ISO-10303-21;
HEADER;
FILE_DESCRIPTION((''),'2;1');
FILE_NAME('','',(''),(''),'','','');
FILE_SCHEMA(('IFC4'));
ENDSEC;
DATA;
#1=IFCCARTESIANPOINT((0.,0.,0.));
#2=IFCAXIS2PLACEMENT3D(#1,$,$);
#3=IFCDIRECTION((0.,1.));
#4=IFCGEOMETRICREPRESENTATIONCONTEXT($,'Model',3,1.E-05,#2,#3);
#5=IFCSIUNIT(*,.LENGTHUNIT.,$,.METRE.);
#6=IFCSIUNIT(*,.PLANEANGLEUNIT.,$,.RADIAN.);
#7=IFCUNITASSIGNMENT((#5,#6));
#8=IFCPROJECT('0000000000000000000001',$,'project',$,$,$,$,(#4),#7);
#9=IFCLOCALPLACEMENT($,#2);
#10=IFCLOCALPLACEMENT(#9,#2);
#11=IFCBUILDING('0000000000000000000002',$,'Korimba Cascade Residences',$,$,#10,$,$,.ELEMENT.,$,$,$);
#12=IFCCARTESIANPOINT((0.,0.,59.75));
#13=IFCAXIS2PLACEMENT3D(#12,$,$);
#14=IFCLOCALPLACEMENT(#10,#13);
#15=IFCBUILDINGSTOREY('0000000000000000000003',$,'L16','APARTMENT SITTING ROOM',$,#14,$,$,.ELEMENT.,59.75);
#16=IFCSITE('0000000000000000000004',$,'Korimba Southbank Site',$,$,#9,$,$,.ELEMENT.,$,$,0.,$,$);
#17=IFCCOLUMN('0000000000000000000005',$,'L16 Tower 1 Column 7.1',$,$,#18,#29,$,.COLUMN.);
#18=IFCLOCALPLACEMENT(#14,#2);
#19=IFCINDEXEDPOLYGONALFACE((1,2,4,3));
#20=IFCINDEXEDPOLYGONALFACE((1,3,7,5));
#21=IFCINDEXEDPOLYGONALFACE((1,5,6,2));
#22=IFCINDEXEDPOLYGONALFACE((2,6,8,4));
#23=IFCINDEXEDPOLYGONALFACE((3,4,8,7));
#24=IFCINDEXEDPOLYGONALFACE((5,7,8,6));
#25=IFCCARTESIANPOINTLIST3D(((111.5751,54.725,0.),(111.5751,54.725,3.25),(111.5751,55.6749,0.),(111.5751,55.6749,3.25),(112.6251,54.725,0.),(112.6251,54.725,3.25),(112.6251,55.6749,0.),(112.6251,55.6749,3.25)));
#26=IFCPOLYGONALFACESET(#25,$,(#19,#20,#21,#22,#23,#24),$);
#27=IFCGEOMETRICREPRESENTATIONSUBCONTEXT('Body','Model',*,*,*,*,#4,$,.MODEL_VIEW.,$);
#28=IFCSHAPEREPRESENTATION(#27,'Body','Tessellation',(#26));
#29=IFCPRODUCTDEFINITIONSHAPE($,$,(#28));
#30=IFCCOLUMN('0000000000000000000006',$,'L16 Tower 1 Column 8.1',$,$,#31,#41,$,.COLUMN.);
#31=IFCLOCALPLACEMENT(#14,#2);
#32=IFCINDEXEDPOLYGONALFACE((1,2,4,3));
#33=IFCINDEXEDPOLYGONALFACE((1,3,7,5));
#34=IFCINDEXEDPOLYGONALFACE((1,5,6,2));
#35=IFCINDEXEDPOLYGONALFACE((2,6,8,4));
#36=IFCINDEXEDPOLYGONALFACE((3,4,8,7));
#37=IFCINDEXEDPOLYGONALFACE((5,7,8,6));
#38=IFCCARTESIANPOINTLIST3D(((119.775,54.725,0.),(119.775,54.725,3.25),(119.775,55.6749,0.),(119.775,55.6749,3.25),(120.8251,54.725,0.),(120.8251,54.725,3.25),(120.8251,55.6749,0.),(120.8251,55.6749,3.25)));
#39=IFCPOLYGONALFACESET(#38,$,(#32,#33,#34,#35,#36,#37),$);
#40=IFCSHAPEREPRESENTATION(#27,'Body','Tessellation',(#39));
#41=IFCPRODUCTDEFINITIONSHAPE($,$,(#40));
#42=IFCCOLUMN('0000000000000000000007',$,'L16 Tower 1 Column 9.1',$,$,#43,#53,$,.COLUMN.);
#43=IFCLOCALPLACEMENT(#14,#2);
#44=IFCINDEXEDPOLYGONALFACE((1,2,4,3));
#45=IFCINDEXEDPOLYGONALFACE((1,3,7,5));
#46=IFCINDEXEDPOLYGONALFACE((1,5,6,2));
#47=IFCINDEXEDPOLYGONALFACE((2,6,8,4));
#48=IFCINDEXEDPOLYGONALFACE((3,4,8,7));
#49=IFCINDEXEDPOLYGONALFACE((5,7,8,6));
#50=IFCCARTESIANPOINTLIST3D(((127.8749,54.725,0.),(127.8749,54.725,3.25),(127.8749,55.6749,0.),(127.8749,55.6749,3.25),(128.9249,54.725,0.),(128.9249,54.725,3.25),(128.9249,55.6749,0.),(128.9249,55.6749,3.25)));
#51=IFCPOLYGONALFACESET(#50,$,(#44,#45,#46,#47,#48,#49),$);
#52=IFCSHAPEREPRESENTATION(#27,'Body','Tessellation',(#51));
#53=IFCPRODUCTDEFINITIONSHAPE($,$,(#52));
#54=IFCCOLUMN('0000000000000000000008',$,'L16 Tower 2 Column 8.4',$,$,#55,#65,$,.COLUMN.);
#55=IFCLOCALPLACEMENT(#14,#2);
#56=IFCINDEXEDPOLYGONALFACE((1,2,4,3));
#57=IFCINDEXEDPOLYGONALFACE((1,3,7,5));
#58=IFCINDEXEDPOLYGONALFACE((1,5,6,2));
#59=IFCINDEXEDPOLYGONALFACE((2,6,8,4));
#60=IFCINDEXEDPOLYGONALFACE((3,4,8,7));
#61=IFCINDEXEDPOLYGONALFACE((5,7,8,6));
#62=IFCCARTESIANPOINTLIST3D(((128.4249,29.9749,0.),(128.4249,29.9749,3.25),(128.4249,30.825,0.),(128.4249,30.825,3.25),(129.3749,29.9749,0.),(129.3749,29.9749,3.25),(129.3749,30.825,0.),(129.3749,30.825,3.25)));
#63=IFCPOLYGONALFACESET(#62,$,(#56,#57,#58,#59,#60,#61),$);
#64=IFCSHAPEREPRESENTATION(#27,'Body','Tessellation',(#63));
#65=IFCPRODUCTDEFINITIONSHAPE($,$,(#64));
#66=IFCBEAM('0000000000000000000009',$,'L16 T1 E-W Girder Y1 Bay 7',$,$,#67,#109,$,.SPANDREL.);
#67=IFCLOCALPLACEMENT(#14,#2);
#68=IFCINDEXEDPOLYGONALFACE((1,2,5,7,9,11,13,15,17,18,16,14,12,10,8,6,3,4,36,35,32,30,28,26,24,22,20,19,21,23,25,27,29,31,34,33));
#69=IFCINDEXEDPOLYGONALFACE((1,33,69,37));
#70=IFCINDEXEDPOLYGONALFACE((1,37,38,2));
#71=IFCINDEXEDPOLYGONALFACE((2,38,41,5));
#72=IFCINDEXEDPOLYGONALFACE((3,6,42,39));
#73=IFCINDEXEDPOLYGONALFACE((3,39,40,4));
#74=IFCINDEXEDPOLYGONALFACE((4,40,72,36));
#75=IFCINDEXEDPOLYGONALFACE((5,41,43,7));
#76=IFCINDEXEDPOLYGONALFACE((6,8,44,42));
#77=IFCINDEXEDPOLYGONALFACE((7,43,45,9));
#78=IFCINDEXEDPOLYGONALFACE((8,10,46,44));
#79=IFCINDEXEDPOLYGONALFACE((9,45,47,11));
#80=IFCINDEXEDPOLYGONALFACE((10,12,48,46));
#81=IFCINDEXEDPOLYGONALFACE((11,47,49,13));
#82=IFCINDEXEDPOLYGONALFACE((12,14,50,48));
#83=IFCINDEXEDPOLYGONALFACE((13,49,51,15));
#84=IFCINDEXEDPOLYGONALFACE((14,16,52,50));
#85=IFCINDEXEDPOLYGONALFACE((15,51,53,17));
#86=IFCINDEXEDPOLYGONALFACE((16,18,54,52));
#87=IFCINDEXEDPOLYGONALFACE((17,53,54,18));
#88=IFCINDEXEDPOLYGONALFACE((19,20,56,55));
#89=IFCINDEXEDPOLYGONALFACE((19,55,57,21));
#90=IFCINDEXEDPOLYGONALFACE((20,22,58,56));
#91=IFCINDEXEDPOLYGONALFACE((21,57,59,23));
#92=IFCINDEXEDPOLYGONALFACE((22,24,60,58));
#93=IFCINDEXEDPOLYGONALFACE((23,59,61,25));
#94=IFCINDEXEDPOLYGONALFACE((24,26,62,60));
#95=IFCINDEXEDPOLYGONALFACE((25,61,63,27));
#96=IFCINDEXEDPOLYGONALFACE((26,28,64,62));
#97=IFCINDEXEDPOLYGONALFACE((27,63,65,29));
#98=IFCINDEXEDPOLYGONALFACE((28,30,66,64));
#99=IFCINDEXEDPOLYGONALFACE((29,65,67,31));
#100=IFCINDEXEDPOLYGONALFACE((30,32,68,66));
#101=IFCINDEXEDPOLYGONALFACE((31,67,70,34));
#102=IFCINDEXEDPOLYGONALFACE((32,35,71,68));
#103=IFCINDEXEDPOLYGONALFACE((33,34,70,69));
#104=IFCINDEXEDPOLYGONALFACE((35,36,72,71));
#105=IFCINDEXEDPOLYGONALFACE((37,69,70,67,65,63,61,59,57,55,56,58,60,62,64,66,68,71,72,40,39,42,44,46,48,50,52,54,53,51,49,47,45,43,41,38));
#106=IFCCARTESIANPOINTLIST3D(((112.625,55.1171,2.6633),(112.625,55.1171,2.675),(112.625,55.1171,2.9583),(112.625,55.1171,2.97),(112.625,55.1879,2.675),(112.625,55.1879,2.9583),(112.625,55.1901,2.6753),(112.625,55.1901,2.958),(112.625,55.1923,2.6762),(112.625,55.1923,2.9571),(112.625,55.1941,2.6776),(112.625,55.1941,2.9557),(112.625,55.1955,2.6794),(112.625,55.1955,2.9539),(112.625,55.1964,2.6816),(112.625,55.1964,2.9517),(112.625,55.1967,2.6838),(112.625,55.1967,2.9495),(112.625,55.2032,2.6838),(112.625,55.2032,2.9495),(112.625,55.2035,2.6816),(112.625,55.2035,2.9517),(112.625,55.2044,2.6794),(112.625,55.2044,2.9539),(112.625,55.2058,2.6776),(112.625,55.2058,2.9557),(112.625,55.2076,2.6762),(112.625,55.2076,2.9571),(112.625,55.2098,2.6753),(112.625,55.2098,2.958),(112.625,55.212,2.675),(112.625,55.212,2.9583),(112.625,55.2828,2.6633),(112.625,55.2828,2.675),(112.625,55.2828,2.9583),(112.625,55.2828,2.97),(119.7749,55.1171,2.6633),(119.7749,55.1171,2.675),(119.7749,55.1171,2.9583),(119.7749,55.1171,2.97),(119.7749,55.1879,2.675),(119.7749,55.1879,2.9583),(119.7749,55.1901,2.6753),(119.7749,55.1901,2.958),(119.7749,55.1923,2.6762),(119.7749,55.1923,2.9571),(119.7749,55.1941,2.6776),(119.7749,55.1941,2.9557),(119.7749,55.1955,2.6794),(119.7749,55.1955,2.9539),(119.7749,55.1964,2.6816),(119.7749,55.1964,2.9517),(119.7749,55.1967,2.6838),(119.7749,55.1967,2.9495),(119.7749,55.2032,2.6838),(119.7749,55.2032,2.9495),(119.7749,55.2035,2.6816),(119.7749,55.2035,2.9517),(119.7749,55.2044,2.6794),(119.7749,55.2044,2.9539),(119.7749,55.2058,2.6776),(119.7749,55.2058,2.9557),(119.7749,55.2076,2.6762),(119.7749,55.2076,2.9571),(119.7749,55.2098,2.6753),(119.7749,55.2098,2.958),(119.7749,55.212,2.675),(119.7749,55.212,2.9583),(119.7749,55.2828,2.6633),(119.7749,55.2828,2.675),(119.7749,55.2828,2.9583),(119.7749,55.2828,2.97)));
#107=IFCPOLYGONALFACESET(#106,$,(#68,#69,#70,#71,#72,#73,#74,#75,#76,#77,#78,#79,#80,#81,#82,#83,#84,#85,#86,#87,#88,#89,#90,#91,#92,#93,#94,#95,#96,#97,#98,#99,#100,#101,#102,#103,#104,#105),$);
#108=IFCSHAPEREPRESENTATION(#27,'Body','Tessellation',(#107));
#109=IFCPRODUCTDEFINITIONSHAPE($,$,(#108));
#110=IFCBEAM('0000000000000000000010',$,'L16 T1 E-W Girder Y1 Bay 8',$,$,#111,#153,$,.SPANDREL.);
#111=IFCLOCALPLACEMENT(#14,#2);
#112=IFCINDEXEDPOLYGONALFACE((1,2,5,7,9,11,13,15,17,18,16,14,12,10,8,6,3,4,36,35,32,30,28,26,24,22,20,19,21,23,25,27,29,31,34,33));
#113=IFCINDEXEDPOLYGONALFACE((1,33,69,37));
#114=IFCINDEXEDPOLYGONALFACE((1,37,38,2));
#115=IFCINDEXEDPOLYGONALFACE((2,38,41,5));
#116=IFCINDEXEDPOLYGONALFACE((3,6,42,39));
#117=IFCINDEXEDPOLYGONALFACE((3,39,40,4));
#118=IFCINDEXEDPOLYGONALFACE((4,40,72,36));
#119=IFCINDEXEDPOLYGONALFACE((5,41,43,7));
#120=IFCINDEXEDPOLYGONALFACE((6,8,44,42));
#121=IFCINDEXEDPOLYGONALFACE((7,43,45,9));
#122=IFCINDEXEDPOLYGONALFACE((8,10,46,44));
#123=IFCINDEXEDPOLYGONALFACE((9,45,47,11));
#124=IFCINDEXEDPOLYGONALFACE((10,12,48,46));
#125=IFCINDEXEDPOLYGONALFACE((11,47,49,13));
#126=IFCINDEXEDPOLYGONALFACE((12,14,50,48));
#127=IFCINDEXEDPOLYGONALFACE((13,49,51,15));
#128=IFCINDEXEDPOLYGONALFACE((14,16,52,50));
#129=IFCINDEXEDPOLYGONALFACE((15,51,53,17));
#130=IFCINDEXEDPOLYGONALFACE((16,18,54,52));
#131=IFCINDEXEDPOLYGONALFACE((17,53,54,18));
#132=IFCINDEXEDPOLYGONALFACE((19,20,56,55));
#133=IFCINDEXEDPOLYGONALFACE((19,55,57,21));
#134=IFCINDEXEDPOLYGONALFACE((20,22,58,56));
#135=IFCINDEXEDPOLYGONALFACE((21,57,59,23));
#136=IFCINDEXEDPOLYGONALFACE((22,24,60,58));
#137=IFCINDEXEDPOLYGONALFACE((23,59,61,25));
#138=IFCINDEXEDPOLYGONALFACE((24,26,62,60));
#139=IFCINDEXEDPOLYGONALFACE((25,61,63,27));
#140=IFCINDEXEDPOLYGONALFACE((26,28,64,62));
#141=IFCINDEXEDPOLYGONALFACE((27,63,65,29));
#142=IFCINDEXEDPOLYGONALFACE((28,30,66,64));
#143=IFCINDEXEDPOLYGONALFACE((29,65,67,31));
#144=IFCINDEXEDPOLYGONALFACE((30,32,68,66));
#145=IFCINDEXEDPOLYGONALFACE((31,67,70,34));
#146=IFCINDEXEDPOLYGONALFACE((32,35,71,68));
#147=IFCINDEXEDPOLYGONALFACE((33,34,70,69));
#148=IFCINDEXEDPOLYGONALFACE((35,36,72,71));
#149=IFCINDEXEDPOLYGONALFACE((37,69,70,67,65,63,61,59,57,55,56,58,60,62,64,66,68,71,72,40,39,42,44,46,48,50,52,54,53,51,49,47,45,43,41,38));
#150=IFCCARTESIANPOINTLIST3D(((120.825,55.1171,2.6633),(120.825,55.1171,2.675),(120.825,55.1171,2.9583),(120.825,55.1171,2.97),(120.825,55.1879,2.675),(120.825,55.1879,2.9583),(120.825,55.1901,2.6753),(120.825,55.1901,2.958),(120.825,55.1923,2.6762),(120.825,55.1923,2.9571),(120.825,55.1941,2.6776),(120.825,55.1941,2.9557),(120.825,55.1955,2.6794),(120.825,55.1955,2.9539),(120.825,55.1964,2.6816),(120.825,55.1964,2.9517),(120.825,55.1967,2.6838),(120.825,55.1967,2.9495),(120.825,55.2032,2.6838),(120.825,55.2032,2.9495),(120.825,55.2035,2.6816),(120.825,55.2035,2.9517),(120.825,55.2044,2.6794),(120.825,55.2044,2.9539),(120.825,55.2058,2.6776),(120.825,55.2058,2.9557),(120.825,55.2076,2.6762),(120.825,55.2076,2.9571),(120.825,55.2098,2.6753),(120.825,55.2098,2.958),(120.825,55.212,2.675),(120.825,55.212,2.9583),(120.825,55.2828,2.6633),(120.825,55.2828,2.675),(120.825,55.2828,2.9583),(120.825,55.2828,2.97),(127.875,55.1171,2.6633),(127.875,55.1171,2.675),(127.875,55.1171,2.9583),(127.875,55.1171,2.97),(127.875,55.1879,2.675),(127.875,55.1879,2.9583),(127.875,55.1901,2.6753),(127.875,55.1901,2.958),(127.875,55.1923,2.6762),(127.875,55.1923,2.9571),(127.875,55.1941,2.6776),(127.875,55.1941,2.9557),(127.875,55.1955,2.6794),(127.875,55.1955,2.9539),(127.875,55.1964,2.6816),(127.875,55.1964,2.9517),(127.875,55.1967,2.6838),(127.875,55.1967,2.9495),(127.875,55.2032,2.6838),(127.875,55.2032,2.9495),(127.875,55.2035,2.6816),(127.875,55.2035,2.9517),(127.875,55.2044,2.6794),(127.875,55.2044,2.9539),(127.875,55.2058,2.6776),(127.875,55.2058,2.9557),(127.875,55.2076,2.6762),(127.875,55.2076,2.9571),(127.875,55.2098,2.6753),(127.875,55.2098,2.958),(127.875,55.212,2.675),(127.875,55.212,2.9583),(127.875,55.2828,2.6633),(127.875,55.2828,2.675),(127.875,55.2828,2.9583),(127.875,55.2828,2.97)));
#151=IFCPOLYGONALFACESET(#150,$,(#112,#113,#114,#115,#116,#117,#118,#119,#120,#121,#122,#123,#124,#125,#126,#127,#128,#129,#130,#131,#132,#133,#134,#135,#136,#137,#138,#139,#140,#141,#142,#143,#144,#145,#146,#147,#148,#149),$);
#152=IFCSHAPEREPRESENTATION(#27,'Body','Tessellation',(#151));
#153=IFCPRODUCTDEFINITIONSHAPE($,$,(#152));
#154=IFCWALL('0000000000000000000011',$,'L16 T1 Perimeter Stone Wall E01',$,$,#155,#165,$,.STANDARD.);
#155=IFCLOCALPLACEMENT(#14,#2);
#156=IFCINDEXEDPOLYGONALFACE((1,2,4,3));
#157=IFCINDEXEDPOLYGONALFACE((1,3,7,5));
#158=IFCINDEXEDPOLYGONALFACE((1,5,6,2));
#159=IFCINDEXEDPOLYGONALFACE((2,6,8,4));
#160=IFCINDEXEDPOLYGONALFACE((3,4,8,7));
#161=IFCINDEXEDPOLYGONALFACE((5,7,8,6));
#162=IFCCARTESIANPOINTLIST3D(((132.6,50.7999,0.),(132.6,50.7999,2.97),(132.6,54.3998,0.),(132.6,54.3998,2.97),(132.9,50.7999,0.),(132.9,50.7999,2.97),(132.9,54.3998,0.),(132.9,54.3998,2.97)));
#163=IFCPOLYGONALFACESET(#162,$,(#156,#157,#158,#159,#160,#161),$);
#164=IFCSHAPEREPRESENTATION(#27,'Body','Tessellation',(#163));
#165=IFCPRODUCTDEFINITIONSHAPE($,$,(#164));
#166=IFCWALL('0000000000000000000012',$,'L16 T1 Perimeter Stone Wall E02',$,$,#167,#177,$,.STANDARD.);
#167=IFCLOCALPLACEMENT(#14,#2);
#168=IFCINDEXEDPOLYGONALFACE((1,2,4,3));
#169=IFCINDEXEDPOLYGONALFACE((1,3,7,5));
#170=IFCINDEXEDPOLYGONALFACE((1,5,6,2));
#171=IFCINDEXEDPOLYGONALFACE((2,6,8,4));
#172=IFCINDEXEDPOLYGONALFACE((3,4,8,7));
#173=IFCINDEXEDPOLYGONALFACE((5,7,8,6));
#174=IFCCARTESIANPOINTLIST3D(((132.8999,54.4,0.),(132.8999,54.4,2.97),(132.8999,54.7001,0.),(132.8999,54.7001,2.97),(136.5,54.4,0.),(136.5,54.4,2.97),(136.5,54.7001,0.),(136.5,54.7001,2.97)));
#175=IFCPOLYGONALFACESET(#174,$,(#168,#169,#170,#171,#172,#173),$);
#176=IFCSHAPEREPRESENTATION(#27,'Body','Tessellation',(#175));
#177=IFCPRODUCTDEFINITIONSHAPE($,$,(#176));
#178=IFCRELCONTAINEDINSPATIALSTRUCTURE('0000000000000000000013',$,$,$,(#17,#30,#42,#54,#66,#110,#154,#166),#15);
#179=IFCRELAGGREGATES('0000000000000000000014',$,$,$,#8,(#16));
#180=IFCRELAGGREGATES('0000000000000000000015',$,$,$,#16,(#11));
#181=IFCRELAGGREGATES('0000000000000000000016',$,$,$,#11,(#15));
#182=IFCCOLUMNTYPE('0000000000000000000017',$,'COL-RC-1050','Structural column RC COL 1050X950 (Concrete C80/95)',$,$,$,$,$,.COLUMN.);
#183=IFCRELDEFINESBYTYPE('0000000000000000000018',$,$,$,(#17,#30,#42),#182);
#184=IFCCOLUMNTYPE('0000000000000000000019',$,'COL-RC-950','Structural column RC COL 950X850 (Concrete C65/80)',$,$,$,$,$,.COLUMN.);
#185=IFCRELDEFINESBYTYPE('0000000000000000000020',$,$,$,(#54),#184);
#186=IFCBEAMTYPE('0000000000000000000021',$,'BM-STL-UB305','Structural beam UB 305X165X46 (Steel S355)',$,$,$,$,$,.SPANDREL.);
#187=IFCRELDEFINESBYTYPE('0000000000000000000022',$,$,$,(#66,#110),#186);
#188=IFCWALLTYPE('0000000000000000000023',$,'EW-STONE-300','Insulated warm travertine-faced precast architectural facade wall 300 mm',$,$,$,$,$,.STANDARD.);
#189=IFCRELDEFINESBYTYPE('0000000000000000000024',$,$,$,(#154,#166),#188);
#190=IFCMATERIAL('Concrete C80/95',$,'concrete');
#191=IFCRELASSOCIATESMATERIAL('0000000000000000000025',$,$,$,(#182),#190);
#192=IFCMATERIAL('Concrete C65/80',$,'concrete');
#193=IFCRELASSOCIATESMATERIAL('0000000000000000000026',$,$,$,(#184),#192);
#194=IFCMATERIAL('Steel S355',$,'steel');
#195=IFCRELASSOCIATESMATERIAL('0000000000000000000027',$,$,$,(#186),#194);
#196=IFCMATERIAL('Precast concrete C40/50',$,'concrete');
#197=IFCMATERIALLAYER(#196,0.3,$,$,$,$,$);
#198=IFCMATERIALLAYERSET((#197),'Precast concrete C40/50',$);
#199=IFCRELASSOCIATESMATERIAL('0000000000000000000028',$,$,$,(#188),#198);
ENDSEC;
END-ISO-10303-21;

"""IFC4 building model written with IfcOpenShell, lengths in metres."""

from ifc_helpers import new_model, si_unit, direction, frame, frame_2d, origin, origin_2d, place, context, subcontext, project, spatial, rectangle, i_section, extrude, material, layer, layer_set, material_profile, profile_set, type_object, element, save


model = new_model("IFC4")

# Units and contexts
model_context = context("Model", 3, precision=1e-05, world=origin(), true_north=direction((0.0, 1.0)))
body_context = subcontext(model_context, "Body", "Model", "MODEL_VIEW")
ifc_project = project(units=[si_unit("LENGTHUNIT", "METRE"), si_unit("PLANEANGLEUNIT", "RADIAN")], contexts=[model_context])

# Site, building, storey
site_placement = place(None, origin())
site = spatial("IfcSite", under=ifc_project, at=site_placement, Name="Korimba Southbank Site", CompositionType="ELEMENT", RefElevation=0.0)
building_placement = place(site_placement, origin())
building = spatial("IfcBuilding", under=site, at=building_placement, Name="Korimba Cascade Residences", CompositionType="ELEMENT")
storey_placement = place(building_placement, frame((0.0, 0.0, 59.75)))
storey = spatial("IfcBuildingStorey", under=building, at=storey_placement, Name="L16", Description="APARTMENT SITTING ROOM", CompositionType="ELEMENT", Elevation=59.75)

# Columns
ifc_material_1 = material(Name="Concrete C80/95", Category="concrete")
ifc_material_profile_1 = material_profile(ifc_material_1, rectangle(XDim=1.05, YDim=0.95, at=origin_2d()), Name="Concrete C80/95")
ifc_profile_set_1 = profile_set([ifc_material_profile_1], Name="Concrete C80/95")
column_type_1 = type_object("IfcColumnType", Name="COL-RC-1050", Description="Structural column RC COL 1050X950 (Concrete C80/95)", PredefinedType="COLUMN", material=ifc_profile_set_1)
for number, where, z_axis, x_axis, name in (
    (1, (112.1001, 55.2, 0.0), (0.0, 0.0, 1.0), (1.0, 0.0, 0.0), "L16 Tower 1 Column 7.1"),
    (2, (120.3, 55.2, 0.0), (0.0, 0.0, 1.0), (1.0, 0.0, 0.0), "L16 Tower 1 Column 8.1"),
    (3, (128.3999, 55.2, 0.0), (0.0, 0.0, 1.0), (1.0, 0.0, 0.0), "L16 Tower 1 Column 9.1"),
):
    element("IfcColumn", number, at=place(storey_placement, frame(where, z_axis=z_axis, x_axis=x_axis)), inside=storey, type_object=column_type_1, Name=name, PredefinedType="COLUMN", context=body_context, shape_type="SweptSolid", body=[
        extrude(rectangle(XDim=1.05, YDim=0.95, at=origin_2d()), origin(), (0.0, 0.0, 1.0), 3.25),
    ])
ifc_material_2 = material(Name="Concrete C65/80", Category="concrete")
ifc_material_profile_2 = material_profile(ifc_material_2, rectangle(XDim=0.95, YDim=0.8501, at=origin_2d()), Name="Concrete C65/80")
ifc_profile_set_2 = profile_set([ifc_material_profile_2], Name="Concrete C65/80")
column_type_2 = type_object("IfcColumnType", Name="COL-RC-950", Description="Structural column RC COL 950X850 (Concrete C65/80)", PredefinedType="COLUMN", material=ifc_profile_set_2)
column_placement = place(storey_placement, frame((128.8999, 30.3999, 0.0), z_axis=(0.0, 0.0, 1.0), x_axis=(1.0, 0.0, 0.0)))
element("IfcColumn", 4, at=column_placement, inside=storey, type_object=column_type_2, Name="L16 Tower 2 Column 8.4", PredefinedType="COLUMN", context=body_context, shape_type="SweptSolid", body=[
    extrude(rectangle(XDim=0.95, YDim=0.8501, at=origin_2d()), origin(), (0.0, 0.0, 1.0), 3.25),
])

# Beams
ifc_material_3 = material(Name="Steel S355", Category="steel")
ifc_material_profile_3 = material_profile(ifc_material_3, i_section(OverallWidth=0.1658, OverallDepth=0.3066, WebThickness=0.0066, FlangeThickness=0.0117, FilletRadius=0.0088, at=origin_2d()), Name="Steel S355")
ifc_profile_set_3 = profile_set([ifc_material_profile_3], Name="Steel S355")
beam_type = type_object("IfcBeamType", Name="BM-STL-UB305", Description="Structural beam UB 305X165X46 (Steel S355)", PredefinedType="SPANDREL", material=ifc_profile_set_3)
beam_1_placement = place(storey_placement, frame((112.625, 55.2, 2.8167), z_axis=(1.0, 0.0, 0.0), x_axis=(0.0, 1.0, 0.0)))
element("IfcBeam", 5, at=beam_1_placement, inside=storey, type_object=beam_type, Name="L16 T1 E-W Girder Y1 Bay 7", PredefinedType="SPANDREL", context=body_context, shape_type="SweptSolid", body=[
    extrude(i_section(OverallWidth=0.1658, OverallDepth=0.3066, WebThickness=0.0066, FlangeThickness=0.0117, FilletRadius=0.0088, at=origin_2d()), origin(), (0.0, 0.0, 1.0), 7.1499),
])
beam_2_placement = place(storey_placement, frame((120.825, 55.2, 2.8167), z_axis=(1.0, 0.0, 0.0), x_axis=(0.0, 1.0, 0.0)))
element("IfcBeam", 6, at=beam_2_placement, inside=storey, type_object=beam_type, Name="L16 T1 E-W Girder Y1 Bay 8", PredefinedType="SPANDREL", context=body_context, shape_type="SweptSolid", body=[
    extrude(i_section(OverallWidth=0.1658, OverallDepth=0.3066, WebThickness=0.0066, FlangeThickness=0.0117, FilletRadius=0.0088, at=origin_2d()), origin(), (0.0, 0.0, 1.0), 7.05),
])

# Walls
ifc_material_4 = material(Name="Precast concrete C40/50", Category="concrete")
ifc_layer_1 = layer(ifc_material_4, 0.3)
ifc_layer_set_1 = layer_set([ifc_layer_1], Name="Precast concrete C40/50")
wall_type_1 = type_object("IfcWallType", Name="EW-STONE-300", Description="Insulated warm travertine-faced precast architectural facade wall 300 mm", PredefinedType="STANDARD", material=ifc_layer_set_1)
wall_1_placement = place(storey_placement, frame((132.75, 50.8, 0.0), z_axis=(0.0, 0.0, 1.0), x_axis=(0.0, 1.0, 0.0)))
element("IfcWall", 7, at=wall_1_placement, inside=storey, type_object=wall_type_1, Name="L16 T1 Perimeter Stone Wall E01", PredefinedType="STANDARD", context=body_context, shape_type="SweptSolid", body=[
    extrude(rectangle(XDim=3.5999, YDim=0.3, at=frame_2d((1.7998, 0.0))), origin(), (0.0, 0.0, 1.0), 2.97),
])
wall_2_placement = place(storey_placement, frame((132.8999, 54.55, 0.0), z_axis=(0.0, 0.0, 1.0), x_axis=(1.0, 0.0, 0.0)))
element("IfcWall", 8, at=wall_2_placement, inside=storey, type_object=wall_type_1, Name="L16 T1 Perimeter Stone Wall E02", PredefinedType="STANDARD", context=body_context, shape_type="SweptSolid", body=[
    extrude(rectangle(XDim=3.6001, YDim=0.3, at=frame_2d((1.8, 0.0))), origin(), (0.0, 0.0, 1.0), 2.97),
])

save(model, "model.ifc")
